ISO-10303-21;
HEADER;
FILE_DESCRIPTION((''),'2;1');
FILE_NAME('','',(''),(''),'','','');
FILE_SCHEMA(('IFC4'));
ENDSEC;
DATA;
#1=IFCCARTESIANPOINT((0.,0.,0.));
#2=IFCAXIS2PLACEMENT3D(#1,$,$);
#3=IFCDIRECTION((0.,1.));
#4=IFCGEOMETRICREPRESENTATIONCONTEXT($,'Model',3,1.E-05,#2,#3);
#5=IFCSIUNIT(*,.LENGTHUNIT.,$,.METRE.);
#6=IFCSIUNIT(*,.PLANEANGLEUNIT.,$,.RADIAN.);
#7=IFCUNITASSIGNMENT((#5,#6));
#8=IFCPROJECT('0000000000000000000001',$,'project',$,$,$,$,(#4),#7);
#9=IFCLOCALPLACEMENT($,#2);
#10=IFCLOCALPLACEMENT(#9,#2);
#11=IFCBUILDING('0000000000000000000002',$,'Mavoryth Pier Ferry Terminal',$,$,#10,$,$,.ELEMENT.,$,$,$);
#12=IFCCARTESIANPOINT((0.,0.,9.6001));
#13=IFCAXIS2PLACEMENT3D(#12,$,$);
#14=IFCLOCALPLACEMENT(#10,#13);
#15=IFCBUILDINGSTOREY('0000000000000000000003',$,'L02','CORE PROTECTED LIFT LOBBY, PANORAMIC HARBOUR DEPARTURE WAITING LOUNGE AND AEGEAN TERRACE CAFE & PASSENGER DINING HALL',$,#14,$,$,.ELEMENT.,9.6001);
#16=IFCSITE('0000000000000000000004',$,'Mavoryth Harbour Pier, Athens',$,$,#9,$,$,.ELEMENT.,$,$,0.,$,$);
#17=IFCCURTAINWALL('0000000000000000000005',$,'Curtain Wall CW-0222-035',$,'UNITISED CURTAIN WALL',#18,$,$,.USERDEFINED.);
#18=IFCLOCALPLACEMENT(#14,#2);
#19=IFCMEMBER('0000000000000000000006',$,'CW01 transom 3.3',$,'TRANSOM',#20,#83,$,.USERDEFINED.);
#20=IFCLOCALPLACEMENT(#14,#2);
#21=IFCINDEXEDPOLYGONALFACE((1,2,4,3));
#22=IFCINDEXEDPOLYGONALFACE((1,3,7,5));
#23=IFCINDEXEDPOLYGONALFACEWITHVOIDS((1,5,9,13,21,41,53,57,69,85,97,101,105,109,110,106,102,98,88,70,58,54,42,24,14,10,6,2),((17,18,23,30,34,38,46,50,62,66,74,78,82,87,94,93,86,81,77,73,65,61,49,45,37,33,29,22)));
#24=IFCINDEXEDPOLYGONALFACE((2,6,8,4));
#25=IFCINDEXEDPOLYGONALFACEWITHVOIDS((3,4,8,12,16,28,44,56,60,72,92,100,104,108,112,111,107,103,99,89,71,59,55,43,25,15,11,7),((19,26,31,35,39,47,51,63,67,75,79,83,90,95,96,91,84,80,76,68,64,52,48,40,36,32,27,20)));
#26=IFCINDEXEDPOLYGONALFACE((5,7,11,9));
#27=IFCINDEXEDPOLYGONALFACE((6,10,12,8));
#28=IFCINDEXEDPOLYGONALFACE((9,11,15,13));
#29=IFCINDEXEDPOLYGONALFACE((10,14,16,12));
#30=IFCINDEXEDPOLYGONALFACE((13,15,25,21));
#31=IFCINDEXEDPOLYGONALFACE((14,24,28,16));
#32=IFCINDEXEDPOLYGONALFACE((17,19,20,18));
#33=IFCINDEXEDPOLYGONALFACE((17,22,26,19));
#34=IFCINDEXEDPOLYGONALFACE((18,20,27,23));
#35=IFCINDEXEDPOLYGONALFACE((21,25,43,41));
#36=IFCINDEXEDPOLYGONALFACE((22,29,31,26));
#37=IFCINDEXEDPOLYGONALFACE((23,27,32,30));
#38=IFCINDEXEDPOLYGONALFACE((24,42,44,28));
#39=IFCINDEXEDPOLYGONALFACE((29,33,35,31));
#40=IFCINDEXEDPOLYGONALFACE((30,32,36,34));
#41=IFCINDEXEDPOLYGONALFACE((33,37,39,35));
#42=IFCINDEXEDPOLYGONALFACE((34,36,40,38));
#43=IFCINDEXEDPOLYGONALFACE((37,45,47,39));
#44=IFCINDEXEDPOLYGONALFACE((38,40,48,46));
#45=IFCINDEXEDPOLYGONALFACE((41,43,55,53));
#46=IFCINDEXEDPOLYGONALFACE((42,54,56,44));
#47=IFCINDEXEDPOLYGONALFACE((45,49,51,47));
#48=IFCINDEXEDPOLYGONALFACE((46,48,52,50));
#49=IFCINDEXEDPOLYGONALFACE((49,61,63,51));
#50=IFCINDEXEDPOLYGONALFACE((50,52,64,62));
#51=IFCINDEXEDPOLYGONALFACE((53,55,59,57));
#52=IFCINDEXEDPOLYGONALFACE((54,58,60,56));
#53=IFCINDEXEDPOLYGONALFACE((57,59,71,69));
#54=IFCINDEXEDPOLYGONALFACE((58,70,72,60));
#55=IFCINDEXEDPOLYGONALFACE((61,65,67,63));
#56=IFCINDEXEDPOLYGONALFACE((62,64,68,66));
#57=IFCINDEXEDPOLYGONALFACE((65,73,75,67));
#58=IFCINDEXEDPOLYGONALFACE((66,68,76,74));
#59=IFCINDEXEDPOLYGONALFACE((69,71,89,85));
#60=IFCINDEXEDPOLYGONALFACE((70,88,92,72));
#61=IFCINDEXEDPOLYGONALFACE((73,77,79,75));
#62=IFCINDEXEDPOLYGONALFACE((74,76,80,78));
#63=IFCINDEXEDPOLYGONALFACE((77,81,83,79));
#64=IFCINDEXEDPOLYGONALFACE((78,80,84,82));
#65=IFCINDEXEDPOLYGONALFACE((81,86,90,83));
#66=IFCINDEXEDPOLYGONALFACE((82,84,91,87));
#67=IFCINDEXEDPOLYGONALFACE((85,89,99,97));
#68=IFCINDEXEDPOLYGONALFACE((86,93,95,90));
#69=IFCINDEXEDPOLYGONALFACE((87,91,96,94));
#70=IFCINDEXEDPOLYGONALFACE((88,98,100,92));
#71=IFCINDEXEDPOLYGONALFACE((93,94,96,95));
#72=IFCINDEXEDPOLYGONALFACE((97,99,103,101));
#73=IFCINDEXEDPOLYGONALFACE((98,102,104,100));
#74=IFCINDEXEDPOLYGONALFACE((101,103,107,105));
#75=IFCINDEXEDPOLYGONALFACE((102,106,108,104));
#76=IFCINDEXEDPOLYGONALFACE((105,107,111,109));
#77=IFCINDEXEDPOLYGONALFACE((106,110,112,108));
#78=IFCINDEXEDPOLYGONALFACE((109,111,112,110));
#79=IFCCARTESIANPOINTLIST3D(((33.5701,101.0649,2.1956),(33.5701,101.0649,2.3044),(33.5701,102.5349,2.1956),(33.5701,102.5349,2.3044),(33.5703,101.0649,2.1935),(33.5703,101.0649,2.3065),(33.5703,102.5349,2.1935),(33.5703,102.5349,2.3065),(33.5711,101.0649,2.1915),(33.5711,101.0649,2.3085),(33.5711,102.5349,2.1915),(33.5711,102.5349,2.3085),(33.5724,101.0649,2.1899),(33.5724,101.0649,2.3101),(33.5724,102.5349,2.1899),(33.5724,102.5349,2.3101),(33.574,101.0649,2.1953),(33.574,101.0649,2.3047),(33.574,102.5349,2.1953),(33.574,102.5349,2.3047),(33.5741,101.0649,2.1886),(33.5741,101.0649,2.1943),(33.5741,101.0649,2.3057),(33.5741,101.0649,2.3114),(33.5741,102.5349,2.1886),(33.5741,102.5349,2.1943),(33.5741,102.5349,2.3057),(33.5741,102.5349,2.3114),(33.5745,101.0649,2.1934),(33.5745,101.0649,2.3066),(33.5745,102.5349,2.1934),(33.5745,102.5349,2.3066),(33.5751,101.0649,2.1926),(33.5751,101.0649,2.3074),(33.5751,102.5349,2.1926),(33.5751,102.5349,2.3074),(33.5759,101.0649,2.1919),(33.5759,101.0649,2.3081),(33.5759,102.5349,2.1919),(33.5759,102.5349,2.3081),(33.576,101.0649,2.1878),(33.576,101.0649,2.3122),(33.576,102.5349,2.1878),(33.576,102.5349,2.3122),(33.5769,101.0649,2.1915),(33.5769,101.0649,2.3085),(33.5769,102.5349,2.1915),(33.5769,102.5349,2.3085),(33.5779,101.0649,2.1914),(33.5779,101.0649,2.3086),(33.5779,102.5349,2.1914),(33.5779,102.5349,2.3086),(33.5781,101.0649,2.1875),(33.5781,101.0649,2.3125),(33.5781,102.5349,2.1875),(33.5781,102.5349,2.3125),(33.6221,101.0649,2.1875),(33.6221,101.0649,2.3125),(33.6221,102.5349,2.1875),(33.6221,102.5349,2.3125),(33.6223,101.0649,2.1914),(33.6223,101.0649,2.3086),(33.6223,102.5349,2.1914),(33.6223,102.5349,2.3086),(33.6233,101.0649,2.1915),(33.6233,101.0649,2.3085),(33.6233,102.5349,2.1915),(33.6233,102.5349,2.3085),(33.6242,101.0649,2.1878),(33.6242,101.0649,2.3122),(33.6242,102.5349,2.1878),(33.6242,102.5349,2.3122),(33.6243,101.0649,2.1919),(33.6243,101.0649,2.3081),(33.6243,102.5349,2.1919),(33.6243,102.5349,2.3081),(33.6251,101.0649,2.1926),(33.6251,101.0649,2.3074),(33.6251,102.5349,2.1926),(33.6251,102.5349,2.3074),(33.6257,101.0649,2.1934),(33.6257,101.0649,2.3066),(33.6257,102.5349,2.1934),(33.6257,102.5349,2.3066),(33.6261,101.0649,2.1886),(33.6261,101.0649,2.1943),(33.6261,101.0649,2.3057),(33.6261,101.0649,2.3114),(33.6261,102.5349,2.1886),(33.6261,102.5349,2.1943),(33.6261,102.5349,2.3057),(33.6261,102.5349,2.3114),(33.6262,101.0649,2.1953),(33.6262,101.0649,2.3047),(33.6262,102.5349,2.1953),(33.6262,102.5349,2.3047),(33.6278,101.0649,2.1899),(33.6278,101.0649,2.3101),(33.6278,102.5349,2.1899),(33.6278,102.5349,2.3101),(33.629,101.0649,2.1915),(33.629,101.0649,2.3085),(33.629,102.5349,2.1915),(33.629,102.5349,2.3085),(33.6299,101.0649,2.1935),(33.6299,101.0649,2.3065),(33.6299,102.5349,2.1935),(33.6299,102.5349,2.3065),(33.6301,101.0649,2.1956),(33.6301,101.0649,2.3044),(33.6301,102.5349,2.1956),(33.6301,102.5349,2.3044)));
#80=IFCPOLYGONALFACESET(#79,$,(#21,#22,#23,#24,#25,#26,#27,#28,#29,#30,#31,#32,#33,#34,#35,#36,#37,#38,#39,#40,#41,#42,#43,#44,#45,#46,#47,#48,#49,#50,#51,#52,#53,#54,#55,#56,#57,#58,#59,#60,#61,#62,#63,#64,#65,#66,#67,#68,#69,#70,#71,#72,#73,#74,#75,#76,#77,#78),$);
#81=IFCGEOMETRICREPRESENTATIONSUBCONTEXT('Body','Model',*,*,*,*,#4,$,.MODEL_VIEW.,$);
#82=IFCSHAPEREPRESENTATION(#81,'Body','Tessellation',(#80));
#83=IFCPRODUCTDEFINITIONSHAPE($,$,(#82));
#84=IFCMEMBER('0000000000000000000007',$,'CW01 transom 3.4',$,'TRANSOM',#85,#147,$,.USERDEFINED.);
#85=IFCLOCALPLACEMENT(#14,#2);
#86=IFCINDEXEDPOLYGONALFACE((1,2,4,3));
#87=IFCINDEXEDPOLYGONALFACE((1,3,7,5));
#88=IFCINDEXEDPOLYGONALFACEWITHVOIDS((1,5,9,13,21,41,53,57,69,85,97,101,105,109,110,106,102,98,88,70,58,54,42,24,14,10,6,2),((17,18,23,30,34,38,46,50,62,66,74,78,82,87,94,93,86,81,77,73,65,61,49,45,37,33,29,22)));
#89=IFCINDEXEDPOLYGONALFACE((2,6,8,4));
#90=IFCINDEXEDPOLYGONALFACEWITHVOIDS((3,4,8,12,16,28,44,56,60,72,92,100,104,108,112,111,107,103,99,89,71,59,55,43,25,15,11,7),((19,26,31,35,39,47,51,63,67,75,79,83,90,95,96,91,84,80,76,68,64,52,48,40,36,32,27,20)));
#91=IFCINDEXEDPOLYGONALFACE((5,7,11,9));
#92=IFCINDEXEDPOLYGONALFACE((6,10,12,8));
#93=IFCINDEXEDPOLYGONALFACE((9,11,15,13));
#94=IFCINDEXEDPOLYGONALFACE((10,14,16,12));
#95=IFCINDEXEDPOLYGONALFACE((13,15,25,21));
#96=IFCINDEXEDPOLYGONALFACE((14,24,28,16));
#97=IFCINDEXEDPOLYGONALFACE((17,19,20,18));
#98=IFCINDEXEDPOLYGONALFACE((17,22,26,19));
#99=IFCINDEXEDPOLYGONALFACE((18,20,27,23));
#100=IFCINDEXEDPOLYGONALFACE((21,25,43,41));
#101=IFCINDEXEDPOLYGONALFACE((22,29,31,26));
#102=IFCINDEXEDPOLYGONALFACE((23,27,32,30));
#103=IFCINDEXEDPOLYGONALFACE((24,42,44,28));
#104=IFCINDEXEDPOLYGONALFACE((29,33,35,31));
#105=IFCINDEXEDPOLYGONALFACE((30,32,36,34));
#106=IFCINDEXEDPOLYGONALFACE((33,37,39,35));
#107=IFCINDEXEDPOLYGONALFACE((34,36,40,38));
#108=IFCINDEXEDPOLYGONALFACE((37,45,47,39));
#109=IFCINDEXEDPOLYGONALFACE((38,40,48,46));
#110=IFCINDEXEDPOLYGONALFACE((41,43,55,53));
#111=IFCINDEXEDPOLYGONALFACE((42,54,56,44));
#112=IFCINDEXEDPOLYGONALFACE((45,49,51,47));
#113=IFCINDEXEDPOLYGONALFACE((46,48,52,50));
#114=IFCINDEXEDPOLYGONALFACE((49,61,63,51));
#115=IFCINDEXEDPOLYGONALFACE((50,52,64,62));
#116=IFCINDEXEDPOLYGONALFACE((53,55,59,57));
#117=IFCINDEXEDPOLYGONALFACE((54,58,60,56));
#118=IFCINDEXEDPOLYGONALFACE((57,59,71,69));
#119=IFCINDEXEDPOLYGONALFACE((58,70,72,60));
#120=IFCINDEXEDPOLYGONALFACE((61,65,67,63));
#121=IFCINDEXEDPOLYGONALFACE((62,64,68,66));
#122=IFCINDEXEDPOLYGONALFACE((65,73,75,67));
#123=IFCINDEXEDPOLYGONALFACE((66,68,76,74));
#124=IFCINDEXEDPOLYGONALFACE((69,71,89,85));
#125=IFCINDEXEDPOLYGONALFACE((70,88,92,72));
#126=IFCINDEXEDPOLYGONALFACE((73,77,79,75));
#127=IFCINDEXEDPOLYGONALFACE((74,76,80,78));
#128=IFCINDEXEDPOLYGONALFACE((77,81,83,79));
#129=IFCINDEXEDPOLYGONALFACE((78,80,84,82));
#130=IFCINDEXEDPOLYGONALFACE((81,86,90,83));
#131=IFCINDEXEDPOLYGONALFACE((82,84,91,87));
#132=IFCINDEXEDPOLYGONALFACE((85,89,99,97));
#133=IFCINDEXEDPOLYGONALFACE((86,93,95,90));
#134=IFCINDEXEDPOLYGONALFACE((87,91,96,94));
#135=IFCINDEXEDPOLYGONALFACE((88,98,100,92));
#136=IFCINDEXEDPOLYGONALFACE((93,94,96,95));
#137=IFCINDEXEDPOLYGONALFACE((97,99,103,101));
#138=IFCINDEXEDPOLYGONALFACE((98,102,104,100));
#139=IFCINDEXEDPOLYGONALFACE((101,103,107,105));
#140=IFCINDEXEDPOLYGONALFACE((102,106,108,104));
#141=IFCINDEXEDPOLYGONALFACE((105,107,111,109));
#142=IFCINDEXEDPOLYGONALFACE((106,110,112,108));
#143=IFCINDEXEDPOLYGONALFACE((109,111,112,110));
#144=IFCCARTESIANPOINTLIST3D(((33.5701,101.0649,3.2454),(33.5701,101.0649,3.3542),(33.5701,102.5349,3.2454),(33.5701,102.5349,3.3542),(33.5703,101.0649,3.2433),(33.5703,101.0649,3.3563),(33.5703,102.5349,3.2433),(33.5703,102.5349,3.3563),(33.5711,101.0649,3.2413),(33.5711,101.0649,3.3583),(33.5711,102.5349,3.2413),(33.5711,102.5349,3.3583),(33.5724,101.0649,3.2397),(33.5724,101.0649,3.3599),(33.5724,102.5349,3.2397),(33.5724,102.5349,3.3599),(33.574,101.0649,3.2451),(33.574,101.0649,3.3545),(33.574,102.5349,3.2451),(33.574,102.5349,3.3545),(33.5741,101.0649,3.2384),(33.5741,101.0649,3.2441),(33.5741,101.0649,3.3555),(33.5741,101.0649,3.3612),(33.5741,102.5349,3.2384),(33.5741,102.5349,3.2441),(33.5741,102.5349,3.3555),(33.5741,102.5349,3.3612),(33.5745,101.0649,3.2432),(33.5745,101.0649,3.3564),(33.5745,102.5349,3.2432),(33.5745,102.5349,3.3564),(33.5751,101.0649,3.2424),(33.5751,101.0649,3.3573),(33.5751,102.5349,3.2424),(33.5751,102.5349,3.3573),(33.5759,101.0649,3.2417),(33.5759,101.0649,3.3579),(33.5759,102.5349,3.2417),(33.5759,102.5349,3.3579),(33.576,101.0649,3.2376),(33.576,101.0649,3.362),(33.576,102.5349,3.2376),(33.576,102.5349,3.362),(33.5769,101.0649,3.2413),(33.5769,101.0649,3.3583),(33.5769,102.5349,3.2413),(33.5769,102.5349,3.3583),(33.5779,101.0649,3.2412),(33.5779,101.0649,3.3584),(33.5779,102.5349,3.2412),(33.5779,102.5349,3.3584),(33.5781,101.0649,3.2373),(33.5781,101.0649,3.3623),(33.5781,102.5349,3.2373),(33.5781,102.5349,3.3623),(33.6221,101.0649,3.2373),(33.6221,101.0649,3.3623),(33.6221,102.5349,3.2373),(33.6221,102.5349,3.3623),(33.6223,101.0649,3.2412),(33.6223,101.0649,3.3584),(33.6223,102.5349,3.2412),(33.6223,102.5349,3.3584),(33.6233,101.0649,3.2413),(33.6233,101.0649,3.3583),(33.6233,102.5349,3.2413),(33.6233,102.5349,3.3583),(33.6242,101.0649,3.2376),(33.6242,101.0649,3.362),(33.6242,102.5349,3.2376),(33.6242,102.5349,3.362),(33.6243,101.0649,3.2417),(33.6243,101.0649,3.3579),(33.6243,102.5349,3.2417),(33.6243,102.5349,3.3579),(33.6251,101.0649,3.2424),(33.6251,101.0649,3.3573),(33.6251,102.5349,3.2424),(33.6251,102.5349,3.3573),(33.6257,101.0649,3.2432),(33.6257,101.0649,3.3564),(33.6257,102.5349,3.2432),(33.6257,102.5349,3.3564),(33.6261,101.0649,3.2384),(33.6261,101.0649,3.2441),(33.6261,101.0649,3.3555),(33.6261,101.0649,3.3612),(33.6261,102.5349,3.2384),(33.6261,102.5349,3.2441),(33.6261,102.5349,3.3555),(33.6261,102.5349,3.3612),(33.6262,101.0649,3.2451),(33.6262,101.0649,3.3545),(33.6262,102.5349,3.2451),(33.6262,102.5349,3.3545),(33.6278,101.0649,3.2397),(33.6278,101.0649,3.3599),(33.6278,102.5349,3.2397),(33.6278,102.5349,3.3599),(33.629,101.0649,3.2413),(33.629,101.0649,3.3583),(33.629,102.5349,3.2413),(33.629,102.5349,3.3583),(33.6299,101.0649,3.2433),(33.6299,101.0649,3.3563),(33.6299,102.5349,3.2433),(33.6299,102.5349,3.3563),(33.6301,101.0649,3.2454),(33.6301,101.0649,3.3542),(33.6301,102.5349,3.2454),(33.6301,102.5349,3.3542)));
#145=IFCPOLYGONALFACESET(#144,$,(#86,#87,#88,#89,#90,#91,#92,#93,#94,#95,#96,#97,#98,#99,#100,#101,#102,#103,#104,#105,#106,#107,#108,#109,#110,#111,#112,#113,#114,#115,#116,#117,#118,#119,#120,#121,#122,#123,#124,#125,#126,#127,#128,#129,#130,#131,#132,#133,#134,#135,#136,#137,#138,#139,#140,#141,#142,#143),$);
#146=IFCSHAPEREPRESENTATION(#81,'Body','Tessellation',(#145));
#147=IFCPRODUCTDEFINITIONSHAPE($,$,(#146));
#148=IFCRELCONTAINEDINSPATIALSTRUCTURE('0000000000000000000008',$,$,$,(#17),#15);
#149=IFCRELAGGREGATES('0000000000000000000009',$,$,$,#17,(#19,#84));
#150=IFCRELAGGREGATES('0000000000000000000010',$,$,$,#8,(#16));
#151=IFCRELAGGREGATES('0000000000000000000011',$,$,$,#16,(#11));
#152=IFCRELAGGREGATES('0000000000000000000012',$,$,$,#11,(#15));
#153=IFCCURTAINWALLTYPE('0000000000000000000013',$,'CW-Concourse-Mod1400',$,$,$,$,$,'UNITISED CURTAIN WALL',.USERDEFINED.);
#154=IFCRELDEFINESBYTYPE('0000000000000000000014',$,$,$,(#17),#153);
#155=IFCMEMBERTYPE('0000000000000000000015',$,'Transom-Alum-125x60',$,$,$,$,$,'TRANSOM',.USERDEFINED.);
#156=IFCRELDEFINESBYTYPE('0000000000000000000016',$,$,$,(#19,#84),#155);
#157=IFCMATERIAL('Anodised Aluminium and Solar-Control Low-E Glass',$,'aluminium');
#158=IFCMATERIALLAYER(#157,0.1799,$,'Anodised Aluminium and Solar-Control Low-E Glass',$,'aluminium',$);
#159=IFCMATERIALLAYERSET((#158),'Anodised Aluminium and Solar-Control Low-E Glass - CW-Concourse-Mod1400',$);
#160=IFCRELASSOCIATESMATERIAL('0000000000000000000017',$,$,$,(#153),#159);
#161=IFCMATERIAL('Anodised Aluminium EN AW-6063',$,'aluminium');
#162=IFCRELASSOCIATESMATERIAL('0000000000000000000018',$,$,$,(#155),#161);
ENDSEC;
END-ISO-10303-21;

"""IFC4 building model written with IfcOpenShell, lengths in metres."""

from ifc_helpers import new_model, si_unit, direction, frame, origin, origin_2d, place, context, subcontext, project, spatial, hollow_rectangle, extrude, material, layer, layer_set, material_profile, profile_set, type_object, element, aggregate, save


model = new_model("IFC4")

# Units and contexts
model_context = context("Model", 3, precision=1e-05, world=origin(), true_north=direction((0.0, 1.0)))
body_context = subcontext(model_context, "Body", "Model", "MODEL_VIEW")
ifc_project = project(units=[si_unit("LENGTHUNIT", "METRE"), si_unit("PLANEANGLEUNIT", "RADIAN")], contexts=[model_context])

# Site, building, storey
site_placement = place(None, origin())
site = spatial("IfcSite", under=ifc_project, at=site_placement, Name="Mavoryth Harbour Pier, Athens", CompositionType="ELEMENT", RefElevation=0.0)
building_placement = place(site_placement, origin())
building = spatial("IfcBuilding", under=site, at=building_placement, Name="Mavoryth Pier Ferry Terminal", CompositionType="ELEMENT")
storey_placement = place(building_placement, frame((0.0, 0.0, 9.6001)))
storey = spatial("IfcBuildingStorey", under=building, at=storey_placement, Name="L02", Description="CORE PROTECTED LIFT LOBBY, PANORAMIC HARBOUR DEPARTURE WAITING LOUNGE AND AEGEAN TERRACE CAFE & PASSENGER DINING HALL", CompositionType="ELEMENT", Elevation=9.6001)

# Curtain wall
ifc_material_1 = material(Name="Anodised Aluminium and Solar-Control Low-E Glass", Category="aluminium")
ifc_layer_1 = layer(ifc_material_1, 0.1799, Name="Anodised Aluminium and Solar-Control Low-E Glass", Category="aluminium")
ifc_layer_set_1 = layer_set([ifc_layer_1], Name="Anodised Aluminium and Solar-Control Low-E Glass - CW-Concourse-Mod1400")
curtain_wall_type = type_object("IfcCurtainWallType", Name="CW-Concourse-Mod1400", ElementType="UNITISED CURTAIN WALL", PredefinedType="USERDEFINED", material=ifc_layer_set_1)
curtain_wall_placement = place(storey_placement, origin())
curtain_wall = element("IfcCurtainWall", 1, at=curtain_wall_placement, inside=storey, type_object=curtain_wall_type, Name="Curtain Wall CW-0222-035", ObjectType="UNITISED CURTAIN WALL", PredefinedType="USERDEFINED")
ifc_material_2 = material(Name="Anodised Aluminium EN AW-6063", Category="aluminium")

# Members
ifc_material_profile_1 = material_profile(ifc_material_2, hollow_rectangle(XDim=0.0601, YDim=0.125, WallThickness=0.0039, InnerFilletRadius=0.0039, OuterFilletRadius=0.0081, at=origin_2d()), Name="AL-TRAN 125x60x4", Category="aluminium")
ifc_profile_set_1 = profile_set([ifc_material_profile_1], Name="Anodised Aluminium EN AW-6063 - AL-TRAN 125x60x4")
member_type_1 = type_object("IfcMemberType", Name="Transom-Alum-125x60", ElementType="TRANSOM", PredefinedType="USERDEFINED", material=ifc_profile_set_1)
member_1_placement = place(storey_placement, frame((33.6001, 101.0649, 2.25), z_axis=(0.0, 1.0, 0.0), x_axis=(-1.0, 0.0, 0.0)))
member_1 = element("IfcMember", 2, at=member_1_placement, type_object=member_type_1, Name="CW01 transom 3.3", ObjectType="TRANSOM", PredefinedType="USERDEFINED", context=body_context, shape_type="SweptSolid", body=[
    extrude(hollow_rectangle(XDim=0.0601, YDim=0.125, WallThickness=0.0039, InnerFilletRadius=0.0039, OuterFilletRadius=0.0081, at=origin_2d()), origin(), (0.0, 0.0, 1.0), 1.47),
])
member_2_placement = place(storey_placement, frame((33.6001, 101.0649, 3.2998), z_axis=(0.0, 1.0, 0.0), x_axis=(-1.0, 0.0, 0.0)))
member_2 = element("IfcMember", 3, at=member_2_placement, type_object=member_type_1, Name="CW01 transom 3.4", ObjectType="TRANSOM", PredefinedType="USERDEFINED", context=body_context, shape_type="SweptSolid", body=[
    extrude(hollow_rectangle(XDim=0.0601, YDim=0.125, WallThickness=0.0039, InnerFilletRadius=0.0039, OuterFilletRadius=0.0081, at=origin_2d()), origin(), (0.0, 0.0, 1.0), 1.47),
])

aggregate(curtain_wall, [member_1, member_2])

save(model, "model.ifc")
